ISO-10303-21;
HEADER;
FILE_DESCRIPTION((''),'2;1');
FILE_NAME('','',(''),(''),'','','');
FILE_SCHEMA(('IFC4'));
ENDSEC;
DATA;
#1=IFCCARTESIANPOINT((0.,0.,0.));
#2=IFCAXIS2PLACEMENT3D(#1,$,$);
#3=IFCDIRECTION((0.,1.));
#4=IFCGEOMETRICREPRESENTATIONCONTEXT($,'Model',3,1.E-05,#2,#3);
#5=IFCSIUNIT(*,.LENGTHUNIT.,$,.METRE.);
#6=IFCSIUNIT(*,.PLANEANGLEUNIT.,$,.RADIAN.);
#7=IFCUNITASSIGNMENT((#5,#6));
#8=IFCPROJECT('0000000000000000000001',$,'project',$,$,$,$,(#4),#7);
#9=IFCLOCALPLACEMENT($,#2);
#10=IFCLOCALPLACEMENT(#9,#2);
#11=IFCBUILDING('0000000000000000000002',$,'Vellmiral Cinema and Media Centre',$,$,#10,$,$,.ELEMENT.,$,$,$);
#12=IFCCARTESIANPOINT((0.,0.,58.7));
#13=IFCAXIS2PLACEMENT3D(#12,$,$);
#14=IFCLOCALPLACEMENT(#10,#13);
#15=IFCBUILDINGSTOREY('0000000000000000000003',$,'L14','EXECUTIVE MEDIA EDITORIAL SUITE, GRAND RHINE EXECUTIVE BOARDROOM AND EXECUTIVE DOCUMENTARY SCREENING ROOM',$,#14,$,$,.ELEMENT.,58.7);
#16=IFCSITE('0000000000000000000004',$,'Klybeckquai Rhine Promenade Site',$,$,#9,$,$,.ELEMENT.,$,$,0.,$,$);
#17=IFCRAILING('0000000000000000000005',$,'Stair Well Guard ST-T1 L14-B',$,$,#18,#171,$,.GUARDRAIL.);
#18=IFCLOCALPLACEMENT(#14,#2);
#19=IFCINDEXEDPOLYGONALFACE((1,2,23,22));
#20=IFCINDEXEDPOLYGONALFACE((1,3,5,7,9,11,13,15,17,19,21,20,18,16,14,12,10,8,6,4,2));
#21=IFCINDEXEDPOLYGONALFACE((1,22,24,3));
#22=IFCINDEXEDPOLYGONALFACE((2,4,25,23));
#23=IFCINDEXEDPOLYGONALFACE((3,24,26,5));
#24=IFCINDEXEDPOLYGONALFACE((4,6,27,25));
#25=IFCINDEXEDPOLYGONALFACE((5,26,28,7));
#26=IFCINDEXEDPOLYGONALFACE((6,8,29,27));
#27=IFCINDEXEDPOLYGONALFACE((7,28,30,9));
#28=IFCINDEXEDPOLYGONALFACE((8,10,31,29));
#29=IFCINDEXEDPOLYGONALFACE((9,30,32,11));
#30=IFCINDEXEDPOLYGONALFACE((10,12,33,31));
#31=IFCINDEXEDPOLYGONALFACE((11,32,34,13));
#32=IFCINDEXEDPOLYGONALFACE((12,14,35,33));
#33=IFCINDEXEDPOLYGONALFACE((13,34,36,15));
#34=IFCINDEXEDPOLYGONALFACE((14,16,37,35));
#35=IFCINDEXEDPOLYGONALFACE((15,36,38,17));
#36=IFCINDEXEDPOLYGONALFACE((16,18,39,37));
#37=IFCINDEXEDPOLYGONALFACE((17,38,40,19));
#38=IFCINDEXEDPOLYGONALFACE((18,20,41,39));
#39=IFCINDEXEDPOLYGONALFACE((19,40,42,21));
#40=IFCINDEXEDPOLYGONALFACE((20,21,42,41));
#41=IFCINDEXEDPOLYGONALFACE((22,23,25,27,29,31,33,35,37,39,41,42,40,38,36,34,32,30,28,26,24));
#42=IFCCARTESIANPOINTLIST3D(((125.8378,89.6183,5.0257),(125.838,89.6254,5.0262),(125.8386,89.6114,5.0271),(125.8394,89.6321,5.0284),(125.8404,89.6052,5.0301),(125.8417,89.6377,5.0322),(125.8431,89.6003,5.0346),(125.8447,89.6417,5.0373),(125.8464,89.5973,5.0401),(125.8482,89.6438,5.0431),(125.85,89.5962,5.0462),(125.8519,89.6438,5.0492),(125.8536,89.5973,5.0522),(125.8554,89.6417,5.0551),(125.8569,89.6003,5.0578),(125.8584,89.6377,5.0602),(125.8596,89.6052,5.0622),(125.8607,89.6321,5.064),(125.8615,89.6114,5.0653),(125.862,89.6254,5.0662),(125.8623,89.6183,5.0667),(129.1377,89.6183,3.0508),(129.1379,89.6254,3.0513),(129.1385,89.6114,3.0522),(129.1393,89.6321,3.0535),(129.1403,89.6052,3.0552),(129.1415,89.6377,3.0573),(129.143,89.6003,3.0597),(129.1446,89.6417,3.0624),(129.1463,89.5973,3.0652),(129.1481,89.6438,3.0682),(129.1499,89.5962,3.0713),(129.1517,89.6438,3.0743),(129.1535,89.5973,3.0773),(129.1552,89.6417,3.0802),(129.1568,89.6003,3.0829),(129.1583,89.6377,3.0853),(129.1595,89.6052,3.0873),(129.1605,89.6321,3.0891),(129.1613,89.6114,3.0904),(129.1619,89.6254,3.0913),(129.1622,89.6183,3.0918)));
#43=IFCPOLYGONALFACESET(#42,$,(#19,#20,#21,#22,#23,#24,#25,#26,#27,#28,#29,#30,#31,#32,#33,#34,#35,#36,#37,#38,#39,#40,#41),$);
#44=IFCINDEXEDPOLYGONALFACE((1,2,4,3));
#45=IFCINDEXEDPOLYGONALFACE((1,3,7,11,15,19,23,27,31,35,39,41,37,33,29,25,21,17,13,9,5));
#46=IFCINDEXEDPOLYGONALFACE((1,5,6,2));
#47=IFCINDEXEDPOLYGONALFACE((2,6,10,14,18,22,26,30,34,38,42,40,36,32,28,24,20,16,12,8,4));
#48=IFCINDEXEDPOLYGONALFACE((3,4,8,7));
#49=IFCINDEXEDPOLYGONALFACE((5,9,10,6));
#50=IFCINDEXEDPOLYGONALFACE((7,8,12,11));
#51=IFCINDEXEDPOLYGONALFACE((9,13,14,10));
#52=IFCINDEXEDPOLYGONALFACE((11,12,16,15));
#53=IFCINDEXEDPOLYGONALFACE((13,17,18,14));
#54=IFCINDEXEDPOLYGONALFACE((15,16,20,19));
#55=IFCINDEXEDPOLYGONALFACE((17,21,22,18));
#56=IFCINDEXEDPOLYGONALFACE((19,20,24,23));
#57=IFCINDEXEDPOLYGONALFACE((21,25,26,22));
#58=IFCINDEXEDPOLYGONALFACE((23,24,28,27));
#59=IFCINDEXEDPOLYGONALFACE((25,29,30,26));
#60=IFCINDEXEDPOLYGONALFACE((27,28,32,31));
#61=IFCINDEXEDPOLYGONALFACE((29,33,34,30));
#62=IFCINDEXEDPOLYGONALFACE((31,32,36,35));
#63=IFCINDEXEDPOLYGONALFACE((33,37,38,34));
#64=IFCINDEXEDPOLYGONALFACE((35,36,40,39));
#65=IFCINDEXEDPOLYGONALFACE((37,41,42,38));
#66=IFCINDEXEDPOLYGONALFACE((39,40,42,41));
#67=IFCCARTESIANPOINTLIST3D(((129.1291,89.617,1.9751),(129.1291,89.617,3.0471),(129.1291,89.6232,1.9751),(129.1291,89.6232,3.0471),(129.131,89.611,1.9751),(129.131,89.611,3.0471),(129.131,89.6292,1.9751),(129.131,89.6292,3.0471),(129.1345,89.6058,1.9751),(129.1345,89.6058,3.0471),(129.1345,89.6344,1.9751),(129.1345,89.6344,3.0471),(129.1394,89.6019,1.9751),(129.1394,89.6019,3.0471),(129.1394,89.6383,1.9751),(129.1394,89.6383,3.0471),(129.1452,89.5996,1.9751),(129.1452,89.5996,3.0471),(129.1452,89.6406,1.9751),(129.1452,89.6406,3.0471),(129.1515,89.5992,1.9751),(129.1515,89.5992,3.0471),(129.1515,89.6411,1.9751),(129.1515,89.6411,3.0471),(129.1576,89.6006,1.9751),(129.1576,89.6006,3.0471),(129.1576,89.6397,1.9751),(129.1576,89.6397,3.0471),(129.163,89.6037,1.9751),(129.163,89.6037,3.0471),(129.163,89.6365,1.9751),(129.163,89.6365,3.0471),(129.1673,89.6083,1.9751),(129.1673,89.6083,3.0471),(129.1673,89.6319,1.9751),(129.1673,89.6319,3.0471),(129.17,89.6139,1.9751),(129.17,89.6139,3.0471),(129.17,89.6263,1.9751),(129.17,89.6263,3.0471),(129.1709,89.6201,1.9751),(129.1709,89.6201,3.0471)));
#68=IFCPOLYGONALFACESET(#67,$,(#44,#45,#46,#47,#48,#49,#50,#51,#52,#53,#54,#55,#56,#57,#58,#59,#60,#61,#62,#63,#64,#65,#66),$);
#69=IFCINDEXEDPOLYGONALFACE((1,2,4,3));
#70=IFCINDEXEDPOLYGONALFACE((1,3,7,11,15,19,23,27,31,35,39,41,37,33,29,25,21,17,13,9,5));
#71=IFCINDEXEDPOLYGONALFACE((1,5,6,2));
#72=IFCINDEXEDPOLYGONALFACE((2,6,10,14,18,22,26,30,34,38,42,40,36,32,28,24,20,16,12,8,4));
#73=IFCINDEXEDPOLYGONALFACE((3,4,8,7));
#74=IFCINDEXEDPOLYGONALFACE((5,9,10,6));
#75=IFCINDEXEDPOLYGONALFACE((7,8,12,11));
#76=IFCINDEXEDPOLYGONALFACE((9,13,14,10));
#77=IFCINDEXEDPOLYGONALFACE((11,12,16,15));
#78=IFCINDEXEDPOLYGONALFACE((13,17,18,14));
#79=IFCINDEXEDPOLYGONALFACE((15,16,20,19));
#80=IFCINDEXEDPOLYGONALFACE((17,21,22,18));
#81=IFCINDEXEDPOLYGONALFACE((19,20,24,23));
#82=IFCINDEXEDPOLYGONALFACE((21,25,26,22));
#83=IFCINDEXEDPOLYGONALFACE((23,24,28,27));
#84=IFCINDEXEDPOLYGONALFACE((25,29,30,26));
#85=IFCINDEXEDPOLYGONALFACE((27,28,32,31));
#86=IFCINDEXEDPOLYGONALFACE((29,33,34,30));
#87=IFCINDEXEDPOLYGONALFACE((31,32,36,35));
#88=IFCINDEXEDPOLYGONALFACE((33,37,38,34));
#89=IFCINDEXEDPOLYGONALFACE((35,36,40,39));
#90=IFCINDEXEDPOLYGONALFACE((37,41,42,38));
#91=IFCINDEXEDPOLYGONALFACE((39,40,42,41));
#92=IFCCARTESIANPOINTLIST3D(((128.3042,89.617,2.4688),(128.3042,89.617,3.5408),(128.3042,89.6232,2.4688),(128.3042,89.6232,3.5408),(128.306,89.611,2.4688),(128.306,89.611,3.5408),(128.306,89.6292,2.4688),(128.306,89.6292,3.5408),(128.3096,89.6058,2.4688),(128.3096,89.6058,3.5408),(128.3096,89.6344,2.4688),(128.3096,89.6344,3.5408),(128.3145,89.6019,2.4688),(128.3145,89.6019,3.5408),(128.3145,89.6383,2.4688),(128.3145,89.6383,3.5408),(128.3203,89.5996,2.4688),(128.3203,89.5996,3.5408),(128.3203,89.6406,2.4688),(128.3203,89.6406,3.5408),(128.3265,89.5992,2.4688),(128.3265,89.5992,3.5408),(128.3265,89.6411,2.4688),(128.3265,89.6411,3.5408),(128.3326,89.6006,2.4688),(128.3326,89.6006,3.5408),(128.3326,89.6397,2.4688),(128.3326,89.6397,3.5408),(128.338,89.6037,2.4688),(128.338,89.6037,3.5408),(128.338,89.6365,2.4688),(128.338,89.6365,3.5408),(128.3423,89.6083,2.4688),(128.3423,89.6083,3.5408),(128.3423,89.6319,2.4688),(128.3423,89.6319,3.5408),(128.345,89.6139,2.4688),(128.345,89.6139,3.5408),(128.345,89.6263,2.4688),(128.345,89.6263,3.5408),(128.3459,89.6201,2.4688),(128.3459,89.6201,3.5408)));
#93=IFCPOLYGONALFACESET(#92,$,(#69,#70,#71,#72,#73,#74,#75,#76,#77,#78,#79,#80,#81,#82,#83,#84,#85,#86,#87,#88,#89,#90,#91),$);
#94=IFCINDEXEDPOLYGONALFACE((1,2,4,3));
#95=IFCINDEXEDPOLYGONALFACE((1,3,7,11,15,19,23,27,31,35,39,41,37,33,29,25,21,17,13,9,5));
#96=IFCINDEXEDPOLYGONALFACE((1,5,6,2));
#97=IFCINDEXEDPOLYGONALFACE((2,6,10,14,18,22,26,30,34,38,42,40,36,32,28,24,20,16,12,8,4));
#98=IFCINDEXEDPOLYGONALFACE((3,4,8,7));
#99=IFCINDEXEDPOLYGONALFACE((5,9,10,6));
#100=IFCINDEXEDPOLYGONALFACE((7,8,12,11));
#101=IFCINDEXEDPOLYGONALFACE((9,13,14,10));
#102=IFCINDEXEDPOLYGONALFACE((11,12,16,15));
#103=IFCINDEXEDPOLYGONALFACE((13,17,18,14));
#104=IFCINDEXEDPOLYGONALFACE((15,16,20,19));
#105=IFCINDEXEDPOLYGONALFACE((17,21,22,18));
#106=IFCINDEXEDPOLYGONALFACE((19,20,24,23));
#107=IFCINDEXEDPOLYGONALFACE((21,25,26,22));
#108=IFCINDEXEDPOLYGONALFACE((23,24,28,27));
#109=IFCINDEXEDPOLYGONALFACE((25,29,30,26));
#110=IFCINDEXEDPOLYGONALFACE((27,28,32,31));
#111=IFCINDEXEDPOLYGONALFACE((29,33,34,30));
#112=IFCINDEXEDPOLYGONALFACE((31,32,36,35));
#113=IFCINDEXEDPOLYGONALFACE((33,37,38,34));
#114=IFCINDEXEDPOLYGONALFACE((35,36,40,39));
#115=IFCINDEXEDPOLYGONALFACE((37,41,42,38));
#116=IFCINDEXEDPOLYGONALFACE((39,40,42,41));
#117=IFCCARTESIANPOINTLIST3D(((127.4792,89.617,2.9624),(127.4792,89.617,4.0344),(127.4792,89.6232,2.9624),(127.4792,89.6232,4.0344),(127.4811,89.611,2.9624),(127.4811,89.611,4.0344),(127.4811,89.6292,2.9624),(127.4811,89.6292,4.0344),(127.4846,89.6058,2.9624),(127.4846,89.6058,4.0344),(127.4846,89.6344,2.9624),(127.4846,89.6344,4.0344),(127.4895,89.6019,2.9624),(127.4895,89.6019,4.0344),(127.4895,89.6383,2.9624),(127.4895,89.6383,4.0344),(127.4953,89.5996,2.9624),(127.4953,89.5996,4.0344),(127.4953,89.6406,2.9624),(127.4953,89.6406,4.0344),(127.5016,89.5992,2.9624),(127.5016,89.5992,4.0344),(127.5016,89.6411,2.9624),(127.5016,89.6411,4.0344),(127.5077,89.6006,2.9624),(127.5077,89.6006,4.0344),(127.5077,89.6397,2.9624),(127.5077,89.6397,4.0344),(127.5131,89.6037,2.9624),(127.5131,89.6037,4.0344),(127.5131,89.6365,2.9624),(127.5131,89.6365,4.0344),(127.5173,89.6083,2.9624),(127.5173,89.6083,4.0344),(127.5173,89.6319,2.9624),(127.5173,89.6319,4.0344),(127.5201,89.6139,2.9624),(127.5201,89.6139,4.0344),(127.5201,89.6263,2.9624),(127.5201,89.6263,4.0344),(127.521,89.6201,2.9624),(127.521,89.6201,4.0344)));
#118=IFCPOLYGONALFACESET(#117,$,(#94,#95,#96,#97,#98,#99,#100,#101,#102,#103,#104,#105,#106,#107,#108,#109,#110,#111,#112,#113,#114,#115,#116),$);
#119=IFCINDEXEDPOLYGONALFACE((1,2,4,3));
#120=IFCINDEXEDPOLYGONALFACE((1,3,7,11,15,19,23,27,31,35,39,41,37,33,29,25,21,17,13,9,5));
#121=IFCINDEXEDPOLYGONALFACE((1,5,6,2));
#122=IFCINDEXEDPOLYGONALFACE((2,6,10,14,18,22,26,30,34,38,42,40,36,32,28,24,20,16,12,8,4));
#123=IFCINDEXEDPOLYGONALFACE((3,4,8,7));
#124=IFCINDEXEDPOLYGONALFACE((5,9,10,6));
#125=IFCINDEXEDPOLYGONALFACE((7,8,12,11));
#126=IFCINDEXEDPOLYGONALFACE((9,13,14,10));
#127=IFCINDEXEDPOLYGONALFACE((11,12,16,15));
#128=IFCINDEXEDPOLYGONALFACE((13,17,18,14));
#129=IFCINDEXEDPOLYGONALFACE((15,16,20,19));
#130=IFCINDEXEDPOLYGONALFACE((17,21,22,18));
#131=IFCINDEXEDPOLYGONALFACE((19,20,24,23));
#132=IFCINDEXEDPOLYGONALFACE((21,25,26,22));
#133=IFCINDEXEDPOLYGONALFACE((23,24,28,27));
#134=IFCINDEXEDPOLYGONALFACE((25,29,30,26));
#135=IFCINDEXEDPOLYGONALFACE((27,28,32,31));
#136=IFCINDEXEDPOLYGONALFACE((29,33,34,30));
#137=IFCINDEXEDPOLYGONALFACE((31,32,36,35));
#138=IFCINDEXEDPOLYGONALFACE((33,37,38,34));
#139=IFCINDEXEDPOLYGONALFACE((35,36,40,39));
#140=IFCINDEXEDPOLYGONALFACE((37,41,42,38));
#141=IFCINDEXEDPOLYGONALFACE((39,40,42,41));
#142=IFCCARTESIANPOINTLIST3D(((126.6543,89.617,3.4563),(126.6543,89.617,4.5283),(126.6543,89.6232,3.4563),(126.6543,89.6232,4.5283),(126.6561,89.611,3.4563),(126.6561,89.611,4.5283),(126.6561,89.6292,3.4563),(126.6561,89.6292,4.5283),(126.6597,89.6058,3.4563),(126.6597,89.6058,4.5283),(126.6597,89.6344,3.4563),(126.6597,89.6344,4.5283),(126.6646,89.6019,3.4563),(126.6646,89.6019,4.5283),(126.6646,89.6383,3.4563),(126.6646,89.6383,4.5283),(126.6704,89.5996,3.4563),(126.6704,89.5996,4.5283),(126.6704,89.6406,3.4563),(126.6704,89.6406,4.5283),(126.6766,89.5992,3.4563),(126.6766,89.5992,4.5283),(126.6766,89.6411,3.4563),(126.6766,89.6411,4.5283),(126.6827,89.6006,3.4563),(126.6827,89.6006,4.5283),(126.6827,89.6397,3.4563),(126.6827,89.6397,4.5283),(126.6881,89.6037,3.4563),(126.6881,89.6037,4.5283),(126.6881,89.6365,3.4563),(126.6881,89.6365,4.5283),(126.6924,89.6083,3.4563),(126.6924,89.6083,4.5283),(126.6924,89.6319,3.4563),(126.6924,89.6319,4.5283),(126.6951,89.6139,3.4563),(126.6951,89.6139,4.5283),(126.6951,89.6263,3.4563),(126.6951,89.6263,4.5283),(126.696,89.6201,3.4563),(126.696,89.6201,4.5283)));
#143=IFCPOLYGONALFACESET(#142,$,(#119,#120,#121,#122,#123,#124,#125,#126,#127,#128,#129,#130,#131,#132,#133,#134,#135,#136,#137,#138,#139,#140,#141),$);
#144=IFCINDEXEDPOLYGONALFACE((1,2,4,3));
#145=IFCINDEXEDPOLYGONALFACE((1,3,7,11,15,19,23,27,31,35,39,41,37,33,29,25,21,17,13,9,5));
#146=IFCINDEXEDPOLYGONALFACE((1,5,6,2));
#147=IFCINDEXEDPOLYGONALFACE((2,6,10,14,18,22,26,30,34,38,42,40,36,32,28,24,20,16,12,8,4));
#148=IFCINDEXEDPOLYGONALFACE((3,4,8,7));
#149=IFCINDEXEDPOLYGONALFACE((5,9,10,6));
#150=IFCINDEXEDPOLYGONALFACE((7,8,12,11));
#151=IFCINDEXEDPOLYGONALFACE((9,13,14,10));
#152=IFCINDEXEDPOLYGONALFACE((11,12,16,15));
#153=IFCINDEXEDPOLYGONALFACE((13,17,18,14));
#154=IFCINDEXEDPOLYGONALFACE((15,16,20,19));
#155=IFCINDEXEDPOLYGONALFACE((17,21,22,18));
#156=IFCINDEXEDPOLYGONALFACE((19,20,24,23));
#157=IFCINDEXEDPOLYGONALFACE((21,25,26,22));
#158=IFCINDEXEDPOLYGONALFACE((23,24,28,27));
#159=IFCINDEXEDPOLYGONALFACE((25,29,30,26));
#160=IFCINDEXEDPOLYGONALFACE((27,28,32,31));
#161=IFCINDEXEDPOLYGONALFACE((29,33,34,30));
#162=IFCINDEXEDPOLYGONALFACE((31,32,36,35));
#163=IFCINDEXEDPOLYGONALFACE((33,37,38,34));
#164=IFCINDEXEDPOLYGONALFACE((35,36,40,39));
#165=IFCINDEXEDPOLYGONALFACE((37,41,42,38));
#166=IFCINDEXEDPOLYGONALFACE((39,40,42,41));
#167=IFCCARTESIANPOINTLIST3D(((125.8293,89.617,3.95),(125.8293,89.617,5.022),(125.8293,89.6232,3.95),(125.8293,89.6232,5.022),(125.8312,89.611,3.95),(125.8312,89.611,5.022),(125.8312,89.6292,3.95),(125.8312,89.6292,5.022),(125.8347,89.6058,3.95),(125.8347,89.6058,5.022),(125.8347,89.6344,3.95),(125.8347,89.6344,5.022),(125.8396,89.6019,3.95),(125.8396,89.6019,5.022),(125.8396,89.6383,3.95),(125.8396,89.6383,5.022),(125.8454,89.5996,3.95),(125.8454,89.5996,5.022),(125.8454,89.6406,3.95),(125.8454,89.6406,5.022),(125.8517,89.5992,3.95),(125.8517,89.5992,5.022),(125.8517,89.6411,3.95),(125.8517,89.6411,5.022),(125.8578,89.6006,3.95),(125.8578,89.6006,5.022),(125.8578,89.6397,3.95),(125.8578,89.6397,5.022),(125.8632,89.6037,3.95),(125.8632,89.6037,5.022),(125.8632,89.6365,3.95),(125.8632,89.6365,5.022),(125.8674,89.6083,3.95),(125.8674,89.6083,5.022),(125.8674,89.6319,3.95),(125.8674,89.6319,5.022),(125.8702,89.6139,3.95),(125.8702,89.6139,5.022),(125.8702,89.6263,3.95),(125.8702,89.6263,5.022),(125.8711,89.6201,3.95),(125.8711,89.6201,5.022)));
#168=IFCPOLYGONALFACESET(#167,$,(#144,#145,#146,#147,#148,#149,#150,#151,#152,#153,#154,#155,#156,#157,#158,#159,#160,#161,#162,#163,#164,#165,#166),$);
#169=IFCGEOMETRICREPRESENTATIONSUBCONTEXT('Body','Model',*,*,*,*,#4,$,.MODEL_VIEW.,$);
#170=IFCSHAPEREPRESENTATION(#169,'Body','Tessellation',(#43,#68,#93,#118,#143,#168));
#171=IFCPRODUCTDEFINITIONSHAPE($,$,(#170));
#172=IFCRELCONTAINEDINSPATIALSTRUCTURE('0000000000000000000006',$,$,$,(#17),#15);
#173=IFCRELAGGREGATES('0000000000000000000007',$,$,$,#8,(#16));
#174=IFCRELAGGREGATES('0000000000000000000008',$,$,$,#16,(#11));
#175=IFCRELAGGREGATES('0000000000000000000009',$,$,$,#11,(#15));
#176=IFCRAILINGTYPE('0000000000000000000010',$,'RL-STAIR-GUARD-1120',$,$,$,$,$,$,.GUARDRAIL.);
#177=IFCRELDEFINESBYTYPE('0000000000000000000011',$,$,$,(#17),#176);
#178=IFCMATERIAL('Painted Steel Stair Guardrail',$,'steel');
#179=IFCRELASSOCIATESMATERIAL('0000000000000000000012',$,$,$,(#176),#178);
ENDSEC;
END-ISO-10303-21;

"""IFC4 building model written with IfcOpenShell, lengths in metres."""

from ifc_helpers import new_model, si_unit, direction, frame, origin, origin_2d, place, context, subcontext, project, spatial, circle, extrude, material, type_object, element, save


model = new_model("IFC4")

# Units and contexts
model_context = context("Model", 3, precision=1e-05, world=origin(), true_north=direction((0.0, 1.0)))
body_context = subcontext(model_context, "Body", "Model", "MODEL_VIEW")
ifc_project = project(units=[si_unit("LENGTHUNIT", "METRE"), si_unit("PLANEANGLEUNIT", "RADIAN")], contexts=[model_context])

# Site, building, storey
site_placement = place(None, origin())
site = spatial("IfcSite", under=ifc_project, at=site_placement, Name="Klybeckquai Rhine Promenade Site", CompositionType="ELEMENT", RefElevation=0.0)
building_placement = place(site_placement, origin())
building = spatial("IfcBuilding", under=site, at=building_placement, Name="Vellmiral Cinema and Media Centre", CompositionType="ELEMENT")
storey_placement = place(building_placement, frame((0.0, 0.0, 58.7)))
storey = spatial("IfcBuildingStorey", under=building, at=storey_placement, Name="L14", Description="EXECUTIVE MEDIA EDITORIAL SUITE, GRAND RHINE EXECUTIVE BOARDROOM AND EXECUTIVE DOCUMENTARY SCREENING ROOM", CompositionType="ELEMENT", Elevation=58.7)

# Railing
ifc_material_1 = material(Name="Painted Steel Stair Guardrail", Category="steel")
railing_type_1 = type_object("IfcRailingType", Name="RL-STAIR-GUARD-1120", PredefinedType="GUARDRAIL", material=ifc_material_1)
railing_1_placement = place(storey_placement, frame((129.1499, 89.6201, 1.9751)))
element("IfcRailing", 1, at=railing_1_placement, inside=storey, type_object=railing_type_1, Name="Stair Well Guard ST-T1 L14-B", PredefinedType="GUARDRAIL", context=body_context, shape_type="SweptSolid", body=[
    extrude(circle(Radius=0.0239, at=origin_2d()), frame((0.0, 0.0, 1.0962), z_axis=(-0.858069, 0.0, 0.513534), x_axis=(0.0, -1.0, 0.0)), (0.0, 0.0, 1.0), 3.8457),
    extrude(circle(Radius=0.021, at=origin_2d()), origin(), (0.0, 0.0, 1.0), 1.072),
    extrude(circle(Radius=0.021, at=origin_2d()), frame((-0.825, 0.0, 0.4937)), (0.0, 0.0, 1.0), 1.072),
    extrude(circle(Radius=0.021, at=origin_2d()), frame((-1.6499, 0.0, 0.9873)), (0.0, 0.0, 1.0), 1.072),
    extrude(circle(Radius=0.021, at=origin_2d()), frame((-2.4749, 0.0, 1.4812)), (0.0, 0.0, 1.0), 1.072),
    extrude(circle(Radius=0.021, at=origin_2d()), frame((-3.2998, 0.0, 1.9749)), (0.0, 0.0, 1.0), 1.072),
])

save(model, "model.ifc")
